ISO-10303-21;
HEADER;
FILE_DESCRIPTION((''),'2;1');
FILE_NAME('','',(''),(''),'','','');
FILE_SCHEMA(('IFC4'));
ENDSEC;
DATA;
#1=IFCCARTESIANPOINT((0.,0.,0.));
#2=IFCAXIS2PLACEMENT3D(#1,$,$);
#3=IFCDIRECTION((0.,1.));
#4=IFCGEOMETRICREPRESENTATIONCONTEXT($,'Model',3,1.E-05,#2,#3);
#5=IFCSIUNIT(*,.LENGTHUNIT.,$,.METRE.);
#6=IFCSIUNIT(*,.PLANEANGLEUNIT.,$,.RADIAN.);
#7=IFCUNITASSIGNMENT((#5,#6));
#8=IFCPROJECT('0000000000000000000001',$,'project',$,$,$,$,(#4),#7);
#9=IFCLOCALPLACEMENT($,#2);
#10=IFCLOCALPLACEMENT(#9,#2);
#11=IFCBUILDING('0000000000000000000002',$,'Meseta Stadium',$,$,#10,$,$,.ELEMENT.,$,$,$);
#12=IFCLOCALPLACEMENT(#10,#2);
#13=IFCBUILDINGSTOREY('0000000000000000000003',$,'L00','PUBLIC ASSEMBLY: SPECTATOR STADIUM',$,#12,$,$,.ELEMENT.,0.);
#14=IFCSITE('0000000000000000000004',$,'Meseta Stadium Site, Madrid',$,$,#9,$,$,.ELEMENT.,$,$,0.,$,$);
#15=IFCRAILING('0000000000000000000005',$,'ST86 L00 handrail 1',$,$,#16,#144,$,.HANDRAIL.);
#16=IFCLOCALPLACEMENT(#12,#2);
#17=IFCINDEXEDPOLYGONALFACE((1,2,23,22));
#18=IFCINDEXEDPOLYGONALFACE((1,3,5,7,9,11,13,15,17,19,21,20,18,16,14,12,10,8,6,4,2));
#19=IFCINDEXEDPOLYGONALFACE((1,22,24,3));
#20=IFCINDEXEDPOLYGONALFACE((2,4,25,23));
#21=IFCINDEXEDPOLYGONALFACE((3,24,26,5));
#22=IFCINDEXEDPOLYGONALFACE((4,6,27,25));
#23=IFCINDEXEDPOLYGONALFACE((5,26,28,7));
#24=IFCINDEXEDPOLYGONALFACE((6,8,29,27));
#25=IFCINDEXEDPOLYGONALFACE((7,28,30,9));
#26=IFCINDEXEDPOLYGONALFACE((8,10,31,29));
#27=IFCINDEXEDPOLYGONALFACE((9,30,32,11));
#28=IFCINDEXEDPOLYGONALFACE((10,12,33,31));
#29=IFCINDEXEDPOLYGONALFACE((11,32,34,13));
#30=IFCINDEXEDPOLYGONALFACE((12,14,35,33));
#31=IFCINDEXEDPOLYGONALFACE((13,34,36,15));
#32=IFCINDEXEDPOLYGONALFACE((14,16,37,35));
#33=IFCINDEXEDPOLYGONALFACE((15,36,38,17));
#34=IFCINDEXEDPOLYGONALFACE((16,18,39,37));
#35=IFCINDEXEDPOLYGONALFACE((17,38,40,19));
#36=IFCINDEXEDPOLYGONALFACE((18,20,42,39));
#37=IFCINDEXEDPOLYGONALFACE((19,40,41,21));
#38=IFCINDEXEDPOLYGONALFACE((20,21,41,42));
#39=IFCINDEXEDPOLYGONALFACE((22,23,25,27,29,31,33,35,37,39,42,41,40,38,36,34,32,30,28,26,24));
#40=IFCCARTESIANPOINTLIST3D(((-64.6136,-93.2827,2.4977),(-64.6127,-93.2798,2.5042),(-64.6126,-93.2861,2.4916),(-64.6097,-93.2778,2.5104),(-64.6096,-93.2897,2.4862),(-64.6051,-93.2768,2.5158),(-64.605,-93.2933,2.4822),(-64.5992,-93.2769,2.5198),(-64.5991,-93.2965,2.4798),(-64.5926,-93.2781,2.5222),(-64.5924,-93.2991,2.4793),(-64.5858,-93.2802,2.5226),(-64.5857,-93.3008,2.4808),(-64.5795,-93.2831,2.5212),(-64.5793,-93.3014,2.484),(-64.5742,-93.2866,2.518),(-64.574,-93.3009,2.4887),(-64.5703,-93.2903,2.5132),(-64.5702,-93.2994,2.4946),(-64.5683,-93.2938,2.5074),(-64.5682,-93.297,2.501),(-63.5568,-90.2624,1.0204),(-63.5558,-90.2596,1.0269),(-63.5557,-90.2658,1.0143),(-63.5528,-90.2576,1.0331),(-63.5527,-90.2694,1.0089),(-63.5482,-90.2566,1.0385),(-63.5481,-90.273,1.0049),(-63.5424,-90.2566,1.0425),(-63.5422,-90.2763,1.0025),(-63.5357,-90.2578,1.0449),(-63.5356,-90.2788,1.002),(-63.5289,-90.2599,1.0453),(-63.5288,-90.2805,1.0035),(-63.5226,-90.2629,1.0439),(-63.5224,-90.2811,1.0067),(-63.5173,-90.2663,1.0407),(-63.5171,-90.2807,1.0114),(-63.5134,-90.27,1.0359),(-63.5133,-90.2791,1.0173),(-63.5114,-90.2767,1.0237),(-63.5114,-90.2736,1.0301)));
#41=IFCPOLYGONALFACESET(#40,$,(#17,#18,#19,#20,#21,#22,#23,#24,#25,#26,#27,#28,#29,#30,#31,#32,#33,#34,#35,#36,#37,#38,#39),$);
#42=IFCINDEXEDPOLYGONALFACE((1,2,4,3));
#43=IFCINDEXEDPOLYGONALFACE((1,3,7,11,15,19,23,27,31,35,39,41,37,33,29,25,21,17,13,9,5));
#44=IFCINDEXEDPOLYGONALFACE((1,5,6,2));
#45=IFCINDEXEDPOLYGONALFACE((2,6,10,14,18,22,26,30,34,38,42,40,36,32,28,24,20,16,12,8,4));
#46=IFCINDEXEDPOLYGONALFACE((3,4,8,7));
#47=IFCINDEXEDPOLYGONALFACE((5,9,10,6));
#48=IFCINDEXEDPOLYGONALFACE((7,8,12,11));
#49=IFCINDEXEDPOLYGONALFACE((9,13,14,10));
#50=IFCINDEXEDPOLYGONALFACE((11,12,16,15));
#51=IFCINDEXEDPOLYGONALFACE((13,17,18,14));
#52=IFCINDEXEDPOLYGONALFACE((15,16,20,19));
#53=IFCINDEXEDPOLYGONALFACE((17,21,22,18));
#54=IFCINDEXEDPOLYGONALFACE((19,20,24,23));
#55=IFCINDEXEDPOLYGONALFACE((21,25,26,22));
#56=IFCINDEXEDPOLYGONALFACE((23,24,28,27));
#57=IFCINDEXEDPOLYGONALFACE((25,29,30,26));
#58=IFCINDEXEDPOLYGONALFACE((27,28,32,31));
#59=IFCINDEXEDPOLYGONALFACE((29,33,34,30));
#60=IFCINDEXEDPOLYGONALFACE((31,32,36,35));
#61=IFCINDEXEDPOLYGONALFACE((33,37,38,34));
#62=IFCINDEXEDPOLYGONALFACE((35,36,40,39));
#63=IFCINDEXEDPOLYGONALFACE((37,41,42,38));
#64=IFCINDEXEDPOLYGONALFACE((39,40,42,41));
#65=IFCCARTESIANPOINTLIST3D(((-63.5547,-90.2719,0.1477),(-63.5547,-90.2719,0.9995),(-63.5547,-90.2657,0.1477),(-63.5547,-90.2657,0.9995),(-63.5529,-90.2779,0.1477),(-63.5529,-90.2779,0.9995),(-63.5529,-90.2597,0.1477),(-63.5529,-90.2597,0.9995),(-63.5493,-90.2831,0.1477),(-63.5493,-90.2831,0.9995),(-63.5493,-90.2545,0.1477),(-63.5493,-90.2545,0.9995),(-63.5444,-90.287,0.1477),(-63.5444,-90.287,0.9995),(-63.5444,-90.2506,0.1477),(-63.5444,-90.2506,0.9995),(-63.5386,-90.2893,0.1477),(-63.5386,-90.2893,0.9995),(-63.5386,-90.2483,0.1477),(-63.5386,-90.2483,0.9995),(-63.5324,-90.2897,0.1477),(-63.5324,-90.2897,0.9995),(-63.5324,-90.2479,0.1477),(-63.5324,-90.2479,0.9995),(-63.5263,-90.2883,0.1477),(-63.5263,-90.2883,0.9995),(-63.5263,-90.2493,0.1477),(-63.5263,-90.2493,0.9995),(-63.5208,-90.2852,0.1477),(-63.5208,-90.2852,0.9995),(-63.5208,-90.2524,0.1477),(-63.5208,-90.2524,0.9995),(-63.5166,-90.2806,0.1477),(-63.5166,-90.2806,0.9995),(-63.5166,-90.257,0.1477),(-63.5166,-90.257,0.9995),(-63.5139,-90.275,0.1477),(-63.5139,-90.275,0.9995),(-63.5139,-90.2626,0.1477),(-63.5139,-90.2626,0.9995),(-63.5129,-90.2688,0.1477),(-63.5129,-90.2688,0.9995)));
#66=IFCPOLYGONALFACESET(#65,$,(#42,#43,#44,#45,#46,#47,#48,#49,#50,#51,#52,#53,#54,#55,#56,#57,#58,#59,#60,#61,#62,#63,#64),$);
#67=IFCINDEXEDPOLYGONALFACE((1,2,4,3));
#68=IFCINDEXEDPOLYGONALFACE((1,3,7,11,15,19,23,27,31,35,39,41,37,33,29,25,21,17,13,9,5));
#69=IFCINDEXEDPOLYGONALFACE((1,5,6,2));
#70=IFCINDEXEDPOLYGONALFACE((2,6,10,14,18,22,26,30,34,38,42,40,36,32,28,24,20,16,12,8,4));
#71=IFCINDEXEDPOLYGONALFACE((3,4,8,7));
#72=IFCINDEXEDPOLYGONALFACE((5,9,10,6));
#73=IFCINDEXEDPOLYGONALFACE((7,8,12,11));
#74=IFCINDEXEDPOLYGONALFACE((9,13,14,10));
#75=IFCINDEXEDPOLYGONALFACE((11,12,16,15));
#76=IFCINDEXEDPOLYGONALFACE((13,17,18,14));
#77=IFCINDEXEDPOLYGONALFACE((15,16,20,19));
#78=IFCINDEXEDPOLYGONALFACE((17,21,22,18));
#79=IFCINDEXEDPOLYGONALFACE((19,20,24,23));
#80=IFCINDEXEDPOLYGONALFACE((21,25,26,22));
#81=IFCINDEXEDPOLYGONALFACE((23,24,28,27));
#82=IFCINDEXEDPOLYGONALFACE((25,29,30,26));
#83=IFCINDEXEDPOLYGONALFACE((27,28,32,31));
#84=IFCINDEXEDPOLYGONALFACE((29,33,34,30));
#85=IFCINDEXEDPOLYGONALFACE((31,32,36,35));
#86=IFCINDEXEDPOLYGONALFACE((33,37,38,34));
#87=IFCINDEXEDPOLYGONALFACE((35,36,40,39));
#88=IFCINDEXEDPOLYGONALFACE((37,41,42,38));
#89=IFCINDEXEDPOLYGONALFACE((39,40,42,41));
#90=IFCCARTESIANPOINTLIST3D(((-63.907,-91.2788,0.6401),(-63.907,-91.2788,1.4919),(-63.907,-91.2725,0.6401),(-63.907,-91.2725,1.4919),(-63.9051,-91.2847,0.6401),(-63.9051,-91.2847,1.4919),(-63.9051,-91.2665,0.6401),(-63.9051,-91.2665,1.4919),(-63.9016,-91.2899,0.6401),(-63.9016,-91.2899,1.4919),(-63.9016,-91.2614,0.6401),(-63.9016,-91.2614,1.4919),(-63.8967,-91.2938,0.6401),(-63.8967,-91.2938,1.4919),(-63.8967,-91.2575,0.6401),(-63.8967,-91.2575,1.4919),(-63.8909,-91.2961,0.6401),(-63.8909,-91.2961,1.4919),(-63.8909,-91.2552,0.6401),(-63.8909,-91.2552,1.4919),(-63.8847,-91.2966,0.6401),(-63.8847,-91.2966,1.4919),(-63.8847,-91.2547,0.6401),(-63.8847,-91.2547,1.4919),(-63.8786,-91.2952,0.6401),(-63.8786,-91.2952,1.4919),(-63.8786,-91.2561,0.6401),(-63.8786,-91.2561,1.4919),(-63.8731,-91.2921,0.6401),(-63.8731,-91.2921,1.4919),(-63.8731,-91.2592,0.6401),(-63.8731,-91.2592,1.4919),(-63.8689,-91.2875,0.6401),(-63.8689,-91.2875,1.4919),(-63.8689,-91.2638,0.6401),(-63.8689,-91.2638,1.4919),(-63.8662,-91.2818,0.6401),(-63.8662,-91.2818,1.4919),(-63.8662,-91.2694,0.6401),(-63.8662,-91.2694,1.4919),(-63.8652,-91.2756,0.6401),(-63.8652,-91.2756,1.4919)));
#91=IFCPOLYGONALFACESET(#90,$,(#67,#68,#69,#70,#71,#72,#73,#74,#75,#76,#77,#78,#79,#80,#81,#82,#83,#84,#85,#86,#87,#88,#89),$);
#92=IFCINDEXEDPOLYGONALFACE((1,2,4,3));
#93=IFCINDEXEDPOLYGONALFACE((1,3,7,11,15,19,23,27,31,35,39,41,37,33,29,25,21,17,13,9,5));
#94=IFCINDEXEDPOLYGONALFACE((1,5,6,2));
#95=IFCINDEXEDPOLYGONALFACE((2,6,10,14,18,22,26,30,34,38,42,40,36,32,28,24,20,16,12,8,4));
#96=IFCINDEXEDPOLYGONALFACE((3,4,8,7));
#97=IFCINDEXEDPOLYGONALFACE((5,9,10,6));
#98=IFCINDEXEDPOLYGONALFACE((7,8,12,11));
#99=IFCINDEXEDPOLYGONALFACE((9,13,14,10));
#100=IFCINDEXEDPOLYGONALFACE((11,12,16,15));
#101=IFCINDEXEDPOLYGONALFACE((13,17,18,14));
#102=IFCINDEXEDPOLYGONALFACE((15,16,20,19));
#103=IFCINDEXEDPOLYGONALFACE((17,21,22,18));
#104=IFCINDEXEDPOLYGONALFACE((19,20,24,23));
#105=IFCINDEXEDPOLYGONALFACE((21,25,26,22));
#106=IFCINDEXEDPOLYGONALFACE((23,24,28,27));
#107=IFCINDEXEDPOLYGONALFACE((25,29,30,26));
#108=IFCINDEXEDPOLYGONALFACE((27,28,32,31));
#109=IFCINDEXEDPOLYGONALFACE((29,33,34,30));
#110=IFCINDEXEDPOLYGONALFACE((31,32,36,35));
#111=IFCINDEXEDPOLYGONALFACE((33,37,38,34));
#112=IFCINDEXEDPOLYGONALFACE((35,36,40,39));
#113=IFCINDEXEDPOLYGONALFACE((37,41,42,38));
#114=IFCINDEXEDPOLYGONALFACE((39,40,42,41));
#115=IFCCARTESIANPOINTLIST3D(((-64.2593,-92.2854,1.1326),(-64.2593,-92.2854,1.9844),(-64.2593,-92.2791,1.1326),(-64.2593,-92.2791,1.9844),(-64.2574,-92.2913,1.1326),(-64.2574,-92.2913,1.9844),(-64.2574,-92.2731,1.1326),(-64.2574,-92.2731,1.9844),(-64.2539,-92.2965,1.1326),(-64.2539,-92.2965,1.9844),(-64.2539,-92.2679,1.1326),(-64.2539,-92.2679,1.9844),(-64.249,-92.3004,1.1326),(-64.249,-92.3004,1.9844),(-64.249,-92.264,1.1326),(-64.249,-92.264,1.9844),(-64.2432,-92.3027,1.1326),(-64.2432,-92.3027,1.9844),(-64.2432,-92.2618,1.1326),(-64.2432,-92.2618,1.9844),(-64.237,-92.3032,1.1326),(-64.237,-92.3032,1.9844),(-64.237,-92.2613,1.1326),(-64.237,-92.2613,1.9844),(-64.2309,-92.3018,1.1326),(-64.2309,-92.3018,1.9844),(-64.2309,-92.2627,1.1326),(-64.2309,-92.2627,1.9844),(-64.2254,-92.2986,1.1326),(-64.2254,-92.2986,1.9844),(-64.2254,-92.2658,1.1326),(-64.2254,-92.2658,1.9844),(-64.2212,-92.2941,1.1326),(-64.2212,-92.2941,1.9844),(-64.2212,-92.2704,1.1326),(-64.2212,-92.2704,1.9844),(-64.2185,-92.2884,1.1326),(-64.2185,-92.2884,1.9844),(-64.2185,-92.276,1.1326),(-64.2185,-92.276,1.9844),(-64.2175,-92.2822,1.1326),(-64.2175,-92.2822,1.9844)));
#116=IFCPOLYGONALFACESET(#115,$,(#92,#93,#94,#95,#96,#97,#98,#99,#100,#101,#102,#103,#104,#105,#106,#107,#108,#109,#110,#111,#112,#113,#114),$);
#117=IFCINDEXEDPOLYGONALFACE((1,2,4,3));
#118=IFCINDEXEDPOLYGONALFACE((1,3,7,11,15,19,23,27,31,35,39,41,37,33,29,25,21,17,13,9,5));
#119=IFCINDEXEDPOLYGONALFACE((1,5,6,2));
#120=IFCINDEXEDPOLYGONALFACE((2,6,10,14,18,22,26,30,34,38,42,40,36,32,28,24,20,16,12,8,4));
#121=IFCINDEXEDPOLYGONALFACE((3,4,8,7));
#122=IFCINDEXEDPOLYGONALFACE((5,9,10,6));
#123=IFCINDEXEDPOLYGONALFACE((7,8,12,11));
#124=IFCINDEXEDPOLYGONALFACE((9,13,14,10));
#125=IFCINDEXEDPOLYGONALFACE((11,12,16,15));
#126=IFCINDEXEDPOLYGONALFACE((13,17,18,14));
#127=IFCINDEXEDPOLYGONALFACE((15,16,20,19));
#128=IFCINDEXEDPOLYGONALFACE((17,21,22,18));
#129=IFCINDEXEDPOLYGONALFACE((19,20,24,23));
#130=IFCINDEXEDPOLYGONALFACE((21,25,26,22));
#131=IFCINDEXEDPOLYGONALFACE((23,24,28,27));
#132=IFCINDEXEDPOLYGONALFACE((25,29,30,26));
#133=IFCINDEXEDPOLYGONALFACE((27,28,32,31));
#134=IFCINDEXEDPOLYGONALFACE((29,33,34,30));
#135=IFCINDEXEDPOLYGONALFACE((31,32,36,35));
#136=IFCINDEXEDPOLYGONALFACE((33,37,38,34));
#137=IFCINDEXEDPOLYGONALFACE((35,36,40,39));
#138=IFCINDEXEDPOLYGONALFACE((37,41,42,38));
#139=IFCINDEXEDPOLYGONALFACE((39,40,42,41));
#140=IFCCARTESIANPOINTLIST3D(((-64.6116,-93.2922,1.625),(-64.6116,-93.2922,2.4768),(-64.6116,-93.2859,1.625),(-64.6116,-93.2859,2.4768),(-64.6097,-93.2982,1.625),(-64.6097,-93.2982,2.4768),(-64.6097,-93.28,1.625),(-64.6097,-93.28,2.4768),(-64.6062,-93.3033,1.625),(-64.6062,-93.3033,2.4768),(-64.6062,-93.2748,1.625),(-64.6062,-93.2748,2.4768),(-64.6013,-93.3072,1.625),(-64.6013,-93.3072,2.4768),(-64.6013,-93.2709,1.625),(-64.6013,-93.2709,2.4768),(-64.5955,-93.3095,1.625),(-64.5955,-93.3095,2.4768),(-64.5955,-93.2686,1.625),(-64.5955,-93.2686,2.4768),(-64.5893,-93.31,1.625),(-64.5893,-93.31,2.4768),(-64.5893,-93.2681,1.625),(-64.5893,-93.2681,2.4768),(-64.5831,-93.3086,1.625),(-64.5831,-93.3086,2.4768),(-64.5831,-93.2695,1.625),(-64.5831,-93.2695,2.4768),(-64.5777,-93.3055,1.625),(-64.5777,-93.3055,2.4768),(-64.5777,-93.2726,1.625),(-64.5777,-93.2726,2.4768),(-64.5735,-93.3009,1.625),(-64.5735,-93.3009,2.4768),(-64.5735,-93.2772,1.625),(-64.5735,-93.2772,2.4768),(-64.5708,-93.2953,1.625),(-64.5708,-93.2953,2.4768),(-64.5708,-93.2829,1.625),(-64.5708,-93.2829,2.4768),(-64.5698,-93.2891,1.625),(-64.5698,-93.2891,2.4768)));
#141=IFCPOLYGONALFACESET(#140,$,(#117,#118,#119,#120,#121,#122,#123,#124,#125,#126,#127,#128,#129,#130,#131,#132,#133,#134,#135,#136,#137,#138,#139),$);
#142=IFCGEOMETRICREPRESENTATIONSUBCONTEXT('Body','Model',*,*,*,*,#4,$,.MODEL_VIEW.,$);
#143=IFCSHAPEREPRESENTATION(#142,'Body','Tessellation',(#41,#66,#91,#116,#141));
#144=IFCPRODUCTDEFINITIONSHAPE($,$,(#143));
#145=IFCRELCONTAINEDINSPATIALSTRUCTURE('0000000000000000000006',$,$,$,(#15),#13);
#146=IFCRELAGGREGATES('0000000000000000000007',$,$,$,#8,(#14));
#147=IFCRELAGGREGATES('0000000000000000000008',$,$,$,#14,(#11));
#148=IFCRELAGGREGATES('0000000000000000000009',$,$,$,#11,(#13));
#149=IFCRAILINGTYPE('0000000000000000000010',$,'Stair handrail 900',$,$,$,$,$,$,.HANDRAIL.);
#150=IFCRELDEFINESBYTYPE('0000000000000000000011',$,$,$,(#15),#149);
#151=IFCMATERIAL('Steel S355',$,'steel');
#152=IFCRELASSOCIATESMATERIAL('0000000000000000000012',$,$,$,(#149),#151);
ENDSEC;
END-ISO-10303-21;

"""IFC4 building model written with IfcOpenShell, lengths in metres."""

from ifc_helpers import new_model, si_unit, direction, frame, origin, origin_2d, place, context, subcontext, project, spatial, circle, extrude, material, type_object, element, save


model = new_model("IFC4")

# Units and contexts
model_context = context("Model", 3, precision=1e-05, world=origin(), true_north=direction((0.0, 1.0)))
body_context = subcontext(model_context, "Body", "Model", "MODEL_VIEW")
ifc_project = project(units=[si_unit("LENGTHUNIT", "METRE"), si_unit("PLANEANGLEUNIT", "RADIAN")], contexts=[model_context])

# Site, building, storey
site_placement = place(None, origin())
site = spatial("IfcSite", under=ifc_project, at=site_placement, Name="Meseta Stadium Site, Madrid", CompositionType="ELEMENT", RefElevation=0.0)
building_placement = place(site_placement, origin())
building = spatial("IfcBuilding", under=site, at=building_placement, Name="Meseta Stadium", CompositionType="ELEMENT")
storey_placement = place(building_placement, origin())
storey = spatial("IfcBuildingStorey", under=building, at=storey_placement, Name="L00", Description="PUBLIC ASSEMBLY: SPECTATOR STADIUM", CompositionType="ELEMENT", Elevation=0.0)

# Railing
ifc_material_1 = material(Name="Steel S355", Category="steel")
railing_type_1 = type_object("IfcRailingType", Name="Stair handrail 900", PredefinedType="HANDRAIL", material=ifc_material_1)
for number, where, name in (
    (1, (-63.5339, -90.2688, 0.1477), "ST86 L00 handrail 1"),
):
    element("IfcRailing", number, at=place(storey_placement, frame(where)), inside=storey, type_object=railing_type_1, Name=name, PredefinedType="HANDRAIL", context=body_context, shape_type="SweptSolid", body=[
        extrude(circle(Radius=0.0239, at=origin_2d()), frame((0.0, 0.0, 0.876), z_axis=(-0.299876, -0.856958, 0.419162), x_axis=(0.943879, -0.330293, 0.0)), (0.0, 0.0, 1.0), 3.5244),
        extrude(circle(Radius=0.021, at=origin_2d()), origin(), (0.0, 0.0, 1.0), 0.8518),
        extrude(circle(Radius=0.021, at=origin_2d()), frame((-0.3523, -1.0068, 0.4924)), (0.0, 0.0, 1.0), 0.8518),
        extrude(circle(Radius=0.021, at=origin_2d()), frame((-0.7046, -2.0134, 0.9849)), (0.0, 0.0, 1.0), 0.8518),
        extrude(circle(Radius=0.021, at=origin_2d()), frame((-1.0569, -3.0203, 1.4773)), (0.0, 0.0, 1.0), 0.8518),
    ])

save(model, "model.ifc")
